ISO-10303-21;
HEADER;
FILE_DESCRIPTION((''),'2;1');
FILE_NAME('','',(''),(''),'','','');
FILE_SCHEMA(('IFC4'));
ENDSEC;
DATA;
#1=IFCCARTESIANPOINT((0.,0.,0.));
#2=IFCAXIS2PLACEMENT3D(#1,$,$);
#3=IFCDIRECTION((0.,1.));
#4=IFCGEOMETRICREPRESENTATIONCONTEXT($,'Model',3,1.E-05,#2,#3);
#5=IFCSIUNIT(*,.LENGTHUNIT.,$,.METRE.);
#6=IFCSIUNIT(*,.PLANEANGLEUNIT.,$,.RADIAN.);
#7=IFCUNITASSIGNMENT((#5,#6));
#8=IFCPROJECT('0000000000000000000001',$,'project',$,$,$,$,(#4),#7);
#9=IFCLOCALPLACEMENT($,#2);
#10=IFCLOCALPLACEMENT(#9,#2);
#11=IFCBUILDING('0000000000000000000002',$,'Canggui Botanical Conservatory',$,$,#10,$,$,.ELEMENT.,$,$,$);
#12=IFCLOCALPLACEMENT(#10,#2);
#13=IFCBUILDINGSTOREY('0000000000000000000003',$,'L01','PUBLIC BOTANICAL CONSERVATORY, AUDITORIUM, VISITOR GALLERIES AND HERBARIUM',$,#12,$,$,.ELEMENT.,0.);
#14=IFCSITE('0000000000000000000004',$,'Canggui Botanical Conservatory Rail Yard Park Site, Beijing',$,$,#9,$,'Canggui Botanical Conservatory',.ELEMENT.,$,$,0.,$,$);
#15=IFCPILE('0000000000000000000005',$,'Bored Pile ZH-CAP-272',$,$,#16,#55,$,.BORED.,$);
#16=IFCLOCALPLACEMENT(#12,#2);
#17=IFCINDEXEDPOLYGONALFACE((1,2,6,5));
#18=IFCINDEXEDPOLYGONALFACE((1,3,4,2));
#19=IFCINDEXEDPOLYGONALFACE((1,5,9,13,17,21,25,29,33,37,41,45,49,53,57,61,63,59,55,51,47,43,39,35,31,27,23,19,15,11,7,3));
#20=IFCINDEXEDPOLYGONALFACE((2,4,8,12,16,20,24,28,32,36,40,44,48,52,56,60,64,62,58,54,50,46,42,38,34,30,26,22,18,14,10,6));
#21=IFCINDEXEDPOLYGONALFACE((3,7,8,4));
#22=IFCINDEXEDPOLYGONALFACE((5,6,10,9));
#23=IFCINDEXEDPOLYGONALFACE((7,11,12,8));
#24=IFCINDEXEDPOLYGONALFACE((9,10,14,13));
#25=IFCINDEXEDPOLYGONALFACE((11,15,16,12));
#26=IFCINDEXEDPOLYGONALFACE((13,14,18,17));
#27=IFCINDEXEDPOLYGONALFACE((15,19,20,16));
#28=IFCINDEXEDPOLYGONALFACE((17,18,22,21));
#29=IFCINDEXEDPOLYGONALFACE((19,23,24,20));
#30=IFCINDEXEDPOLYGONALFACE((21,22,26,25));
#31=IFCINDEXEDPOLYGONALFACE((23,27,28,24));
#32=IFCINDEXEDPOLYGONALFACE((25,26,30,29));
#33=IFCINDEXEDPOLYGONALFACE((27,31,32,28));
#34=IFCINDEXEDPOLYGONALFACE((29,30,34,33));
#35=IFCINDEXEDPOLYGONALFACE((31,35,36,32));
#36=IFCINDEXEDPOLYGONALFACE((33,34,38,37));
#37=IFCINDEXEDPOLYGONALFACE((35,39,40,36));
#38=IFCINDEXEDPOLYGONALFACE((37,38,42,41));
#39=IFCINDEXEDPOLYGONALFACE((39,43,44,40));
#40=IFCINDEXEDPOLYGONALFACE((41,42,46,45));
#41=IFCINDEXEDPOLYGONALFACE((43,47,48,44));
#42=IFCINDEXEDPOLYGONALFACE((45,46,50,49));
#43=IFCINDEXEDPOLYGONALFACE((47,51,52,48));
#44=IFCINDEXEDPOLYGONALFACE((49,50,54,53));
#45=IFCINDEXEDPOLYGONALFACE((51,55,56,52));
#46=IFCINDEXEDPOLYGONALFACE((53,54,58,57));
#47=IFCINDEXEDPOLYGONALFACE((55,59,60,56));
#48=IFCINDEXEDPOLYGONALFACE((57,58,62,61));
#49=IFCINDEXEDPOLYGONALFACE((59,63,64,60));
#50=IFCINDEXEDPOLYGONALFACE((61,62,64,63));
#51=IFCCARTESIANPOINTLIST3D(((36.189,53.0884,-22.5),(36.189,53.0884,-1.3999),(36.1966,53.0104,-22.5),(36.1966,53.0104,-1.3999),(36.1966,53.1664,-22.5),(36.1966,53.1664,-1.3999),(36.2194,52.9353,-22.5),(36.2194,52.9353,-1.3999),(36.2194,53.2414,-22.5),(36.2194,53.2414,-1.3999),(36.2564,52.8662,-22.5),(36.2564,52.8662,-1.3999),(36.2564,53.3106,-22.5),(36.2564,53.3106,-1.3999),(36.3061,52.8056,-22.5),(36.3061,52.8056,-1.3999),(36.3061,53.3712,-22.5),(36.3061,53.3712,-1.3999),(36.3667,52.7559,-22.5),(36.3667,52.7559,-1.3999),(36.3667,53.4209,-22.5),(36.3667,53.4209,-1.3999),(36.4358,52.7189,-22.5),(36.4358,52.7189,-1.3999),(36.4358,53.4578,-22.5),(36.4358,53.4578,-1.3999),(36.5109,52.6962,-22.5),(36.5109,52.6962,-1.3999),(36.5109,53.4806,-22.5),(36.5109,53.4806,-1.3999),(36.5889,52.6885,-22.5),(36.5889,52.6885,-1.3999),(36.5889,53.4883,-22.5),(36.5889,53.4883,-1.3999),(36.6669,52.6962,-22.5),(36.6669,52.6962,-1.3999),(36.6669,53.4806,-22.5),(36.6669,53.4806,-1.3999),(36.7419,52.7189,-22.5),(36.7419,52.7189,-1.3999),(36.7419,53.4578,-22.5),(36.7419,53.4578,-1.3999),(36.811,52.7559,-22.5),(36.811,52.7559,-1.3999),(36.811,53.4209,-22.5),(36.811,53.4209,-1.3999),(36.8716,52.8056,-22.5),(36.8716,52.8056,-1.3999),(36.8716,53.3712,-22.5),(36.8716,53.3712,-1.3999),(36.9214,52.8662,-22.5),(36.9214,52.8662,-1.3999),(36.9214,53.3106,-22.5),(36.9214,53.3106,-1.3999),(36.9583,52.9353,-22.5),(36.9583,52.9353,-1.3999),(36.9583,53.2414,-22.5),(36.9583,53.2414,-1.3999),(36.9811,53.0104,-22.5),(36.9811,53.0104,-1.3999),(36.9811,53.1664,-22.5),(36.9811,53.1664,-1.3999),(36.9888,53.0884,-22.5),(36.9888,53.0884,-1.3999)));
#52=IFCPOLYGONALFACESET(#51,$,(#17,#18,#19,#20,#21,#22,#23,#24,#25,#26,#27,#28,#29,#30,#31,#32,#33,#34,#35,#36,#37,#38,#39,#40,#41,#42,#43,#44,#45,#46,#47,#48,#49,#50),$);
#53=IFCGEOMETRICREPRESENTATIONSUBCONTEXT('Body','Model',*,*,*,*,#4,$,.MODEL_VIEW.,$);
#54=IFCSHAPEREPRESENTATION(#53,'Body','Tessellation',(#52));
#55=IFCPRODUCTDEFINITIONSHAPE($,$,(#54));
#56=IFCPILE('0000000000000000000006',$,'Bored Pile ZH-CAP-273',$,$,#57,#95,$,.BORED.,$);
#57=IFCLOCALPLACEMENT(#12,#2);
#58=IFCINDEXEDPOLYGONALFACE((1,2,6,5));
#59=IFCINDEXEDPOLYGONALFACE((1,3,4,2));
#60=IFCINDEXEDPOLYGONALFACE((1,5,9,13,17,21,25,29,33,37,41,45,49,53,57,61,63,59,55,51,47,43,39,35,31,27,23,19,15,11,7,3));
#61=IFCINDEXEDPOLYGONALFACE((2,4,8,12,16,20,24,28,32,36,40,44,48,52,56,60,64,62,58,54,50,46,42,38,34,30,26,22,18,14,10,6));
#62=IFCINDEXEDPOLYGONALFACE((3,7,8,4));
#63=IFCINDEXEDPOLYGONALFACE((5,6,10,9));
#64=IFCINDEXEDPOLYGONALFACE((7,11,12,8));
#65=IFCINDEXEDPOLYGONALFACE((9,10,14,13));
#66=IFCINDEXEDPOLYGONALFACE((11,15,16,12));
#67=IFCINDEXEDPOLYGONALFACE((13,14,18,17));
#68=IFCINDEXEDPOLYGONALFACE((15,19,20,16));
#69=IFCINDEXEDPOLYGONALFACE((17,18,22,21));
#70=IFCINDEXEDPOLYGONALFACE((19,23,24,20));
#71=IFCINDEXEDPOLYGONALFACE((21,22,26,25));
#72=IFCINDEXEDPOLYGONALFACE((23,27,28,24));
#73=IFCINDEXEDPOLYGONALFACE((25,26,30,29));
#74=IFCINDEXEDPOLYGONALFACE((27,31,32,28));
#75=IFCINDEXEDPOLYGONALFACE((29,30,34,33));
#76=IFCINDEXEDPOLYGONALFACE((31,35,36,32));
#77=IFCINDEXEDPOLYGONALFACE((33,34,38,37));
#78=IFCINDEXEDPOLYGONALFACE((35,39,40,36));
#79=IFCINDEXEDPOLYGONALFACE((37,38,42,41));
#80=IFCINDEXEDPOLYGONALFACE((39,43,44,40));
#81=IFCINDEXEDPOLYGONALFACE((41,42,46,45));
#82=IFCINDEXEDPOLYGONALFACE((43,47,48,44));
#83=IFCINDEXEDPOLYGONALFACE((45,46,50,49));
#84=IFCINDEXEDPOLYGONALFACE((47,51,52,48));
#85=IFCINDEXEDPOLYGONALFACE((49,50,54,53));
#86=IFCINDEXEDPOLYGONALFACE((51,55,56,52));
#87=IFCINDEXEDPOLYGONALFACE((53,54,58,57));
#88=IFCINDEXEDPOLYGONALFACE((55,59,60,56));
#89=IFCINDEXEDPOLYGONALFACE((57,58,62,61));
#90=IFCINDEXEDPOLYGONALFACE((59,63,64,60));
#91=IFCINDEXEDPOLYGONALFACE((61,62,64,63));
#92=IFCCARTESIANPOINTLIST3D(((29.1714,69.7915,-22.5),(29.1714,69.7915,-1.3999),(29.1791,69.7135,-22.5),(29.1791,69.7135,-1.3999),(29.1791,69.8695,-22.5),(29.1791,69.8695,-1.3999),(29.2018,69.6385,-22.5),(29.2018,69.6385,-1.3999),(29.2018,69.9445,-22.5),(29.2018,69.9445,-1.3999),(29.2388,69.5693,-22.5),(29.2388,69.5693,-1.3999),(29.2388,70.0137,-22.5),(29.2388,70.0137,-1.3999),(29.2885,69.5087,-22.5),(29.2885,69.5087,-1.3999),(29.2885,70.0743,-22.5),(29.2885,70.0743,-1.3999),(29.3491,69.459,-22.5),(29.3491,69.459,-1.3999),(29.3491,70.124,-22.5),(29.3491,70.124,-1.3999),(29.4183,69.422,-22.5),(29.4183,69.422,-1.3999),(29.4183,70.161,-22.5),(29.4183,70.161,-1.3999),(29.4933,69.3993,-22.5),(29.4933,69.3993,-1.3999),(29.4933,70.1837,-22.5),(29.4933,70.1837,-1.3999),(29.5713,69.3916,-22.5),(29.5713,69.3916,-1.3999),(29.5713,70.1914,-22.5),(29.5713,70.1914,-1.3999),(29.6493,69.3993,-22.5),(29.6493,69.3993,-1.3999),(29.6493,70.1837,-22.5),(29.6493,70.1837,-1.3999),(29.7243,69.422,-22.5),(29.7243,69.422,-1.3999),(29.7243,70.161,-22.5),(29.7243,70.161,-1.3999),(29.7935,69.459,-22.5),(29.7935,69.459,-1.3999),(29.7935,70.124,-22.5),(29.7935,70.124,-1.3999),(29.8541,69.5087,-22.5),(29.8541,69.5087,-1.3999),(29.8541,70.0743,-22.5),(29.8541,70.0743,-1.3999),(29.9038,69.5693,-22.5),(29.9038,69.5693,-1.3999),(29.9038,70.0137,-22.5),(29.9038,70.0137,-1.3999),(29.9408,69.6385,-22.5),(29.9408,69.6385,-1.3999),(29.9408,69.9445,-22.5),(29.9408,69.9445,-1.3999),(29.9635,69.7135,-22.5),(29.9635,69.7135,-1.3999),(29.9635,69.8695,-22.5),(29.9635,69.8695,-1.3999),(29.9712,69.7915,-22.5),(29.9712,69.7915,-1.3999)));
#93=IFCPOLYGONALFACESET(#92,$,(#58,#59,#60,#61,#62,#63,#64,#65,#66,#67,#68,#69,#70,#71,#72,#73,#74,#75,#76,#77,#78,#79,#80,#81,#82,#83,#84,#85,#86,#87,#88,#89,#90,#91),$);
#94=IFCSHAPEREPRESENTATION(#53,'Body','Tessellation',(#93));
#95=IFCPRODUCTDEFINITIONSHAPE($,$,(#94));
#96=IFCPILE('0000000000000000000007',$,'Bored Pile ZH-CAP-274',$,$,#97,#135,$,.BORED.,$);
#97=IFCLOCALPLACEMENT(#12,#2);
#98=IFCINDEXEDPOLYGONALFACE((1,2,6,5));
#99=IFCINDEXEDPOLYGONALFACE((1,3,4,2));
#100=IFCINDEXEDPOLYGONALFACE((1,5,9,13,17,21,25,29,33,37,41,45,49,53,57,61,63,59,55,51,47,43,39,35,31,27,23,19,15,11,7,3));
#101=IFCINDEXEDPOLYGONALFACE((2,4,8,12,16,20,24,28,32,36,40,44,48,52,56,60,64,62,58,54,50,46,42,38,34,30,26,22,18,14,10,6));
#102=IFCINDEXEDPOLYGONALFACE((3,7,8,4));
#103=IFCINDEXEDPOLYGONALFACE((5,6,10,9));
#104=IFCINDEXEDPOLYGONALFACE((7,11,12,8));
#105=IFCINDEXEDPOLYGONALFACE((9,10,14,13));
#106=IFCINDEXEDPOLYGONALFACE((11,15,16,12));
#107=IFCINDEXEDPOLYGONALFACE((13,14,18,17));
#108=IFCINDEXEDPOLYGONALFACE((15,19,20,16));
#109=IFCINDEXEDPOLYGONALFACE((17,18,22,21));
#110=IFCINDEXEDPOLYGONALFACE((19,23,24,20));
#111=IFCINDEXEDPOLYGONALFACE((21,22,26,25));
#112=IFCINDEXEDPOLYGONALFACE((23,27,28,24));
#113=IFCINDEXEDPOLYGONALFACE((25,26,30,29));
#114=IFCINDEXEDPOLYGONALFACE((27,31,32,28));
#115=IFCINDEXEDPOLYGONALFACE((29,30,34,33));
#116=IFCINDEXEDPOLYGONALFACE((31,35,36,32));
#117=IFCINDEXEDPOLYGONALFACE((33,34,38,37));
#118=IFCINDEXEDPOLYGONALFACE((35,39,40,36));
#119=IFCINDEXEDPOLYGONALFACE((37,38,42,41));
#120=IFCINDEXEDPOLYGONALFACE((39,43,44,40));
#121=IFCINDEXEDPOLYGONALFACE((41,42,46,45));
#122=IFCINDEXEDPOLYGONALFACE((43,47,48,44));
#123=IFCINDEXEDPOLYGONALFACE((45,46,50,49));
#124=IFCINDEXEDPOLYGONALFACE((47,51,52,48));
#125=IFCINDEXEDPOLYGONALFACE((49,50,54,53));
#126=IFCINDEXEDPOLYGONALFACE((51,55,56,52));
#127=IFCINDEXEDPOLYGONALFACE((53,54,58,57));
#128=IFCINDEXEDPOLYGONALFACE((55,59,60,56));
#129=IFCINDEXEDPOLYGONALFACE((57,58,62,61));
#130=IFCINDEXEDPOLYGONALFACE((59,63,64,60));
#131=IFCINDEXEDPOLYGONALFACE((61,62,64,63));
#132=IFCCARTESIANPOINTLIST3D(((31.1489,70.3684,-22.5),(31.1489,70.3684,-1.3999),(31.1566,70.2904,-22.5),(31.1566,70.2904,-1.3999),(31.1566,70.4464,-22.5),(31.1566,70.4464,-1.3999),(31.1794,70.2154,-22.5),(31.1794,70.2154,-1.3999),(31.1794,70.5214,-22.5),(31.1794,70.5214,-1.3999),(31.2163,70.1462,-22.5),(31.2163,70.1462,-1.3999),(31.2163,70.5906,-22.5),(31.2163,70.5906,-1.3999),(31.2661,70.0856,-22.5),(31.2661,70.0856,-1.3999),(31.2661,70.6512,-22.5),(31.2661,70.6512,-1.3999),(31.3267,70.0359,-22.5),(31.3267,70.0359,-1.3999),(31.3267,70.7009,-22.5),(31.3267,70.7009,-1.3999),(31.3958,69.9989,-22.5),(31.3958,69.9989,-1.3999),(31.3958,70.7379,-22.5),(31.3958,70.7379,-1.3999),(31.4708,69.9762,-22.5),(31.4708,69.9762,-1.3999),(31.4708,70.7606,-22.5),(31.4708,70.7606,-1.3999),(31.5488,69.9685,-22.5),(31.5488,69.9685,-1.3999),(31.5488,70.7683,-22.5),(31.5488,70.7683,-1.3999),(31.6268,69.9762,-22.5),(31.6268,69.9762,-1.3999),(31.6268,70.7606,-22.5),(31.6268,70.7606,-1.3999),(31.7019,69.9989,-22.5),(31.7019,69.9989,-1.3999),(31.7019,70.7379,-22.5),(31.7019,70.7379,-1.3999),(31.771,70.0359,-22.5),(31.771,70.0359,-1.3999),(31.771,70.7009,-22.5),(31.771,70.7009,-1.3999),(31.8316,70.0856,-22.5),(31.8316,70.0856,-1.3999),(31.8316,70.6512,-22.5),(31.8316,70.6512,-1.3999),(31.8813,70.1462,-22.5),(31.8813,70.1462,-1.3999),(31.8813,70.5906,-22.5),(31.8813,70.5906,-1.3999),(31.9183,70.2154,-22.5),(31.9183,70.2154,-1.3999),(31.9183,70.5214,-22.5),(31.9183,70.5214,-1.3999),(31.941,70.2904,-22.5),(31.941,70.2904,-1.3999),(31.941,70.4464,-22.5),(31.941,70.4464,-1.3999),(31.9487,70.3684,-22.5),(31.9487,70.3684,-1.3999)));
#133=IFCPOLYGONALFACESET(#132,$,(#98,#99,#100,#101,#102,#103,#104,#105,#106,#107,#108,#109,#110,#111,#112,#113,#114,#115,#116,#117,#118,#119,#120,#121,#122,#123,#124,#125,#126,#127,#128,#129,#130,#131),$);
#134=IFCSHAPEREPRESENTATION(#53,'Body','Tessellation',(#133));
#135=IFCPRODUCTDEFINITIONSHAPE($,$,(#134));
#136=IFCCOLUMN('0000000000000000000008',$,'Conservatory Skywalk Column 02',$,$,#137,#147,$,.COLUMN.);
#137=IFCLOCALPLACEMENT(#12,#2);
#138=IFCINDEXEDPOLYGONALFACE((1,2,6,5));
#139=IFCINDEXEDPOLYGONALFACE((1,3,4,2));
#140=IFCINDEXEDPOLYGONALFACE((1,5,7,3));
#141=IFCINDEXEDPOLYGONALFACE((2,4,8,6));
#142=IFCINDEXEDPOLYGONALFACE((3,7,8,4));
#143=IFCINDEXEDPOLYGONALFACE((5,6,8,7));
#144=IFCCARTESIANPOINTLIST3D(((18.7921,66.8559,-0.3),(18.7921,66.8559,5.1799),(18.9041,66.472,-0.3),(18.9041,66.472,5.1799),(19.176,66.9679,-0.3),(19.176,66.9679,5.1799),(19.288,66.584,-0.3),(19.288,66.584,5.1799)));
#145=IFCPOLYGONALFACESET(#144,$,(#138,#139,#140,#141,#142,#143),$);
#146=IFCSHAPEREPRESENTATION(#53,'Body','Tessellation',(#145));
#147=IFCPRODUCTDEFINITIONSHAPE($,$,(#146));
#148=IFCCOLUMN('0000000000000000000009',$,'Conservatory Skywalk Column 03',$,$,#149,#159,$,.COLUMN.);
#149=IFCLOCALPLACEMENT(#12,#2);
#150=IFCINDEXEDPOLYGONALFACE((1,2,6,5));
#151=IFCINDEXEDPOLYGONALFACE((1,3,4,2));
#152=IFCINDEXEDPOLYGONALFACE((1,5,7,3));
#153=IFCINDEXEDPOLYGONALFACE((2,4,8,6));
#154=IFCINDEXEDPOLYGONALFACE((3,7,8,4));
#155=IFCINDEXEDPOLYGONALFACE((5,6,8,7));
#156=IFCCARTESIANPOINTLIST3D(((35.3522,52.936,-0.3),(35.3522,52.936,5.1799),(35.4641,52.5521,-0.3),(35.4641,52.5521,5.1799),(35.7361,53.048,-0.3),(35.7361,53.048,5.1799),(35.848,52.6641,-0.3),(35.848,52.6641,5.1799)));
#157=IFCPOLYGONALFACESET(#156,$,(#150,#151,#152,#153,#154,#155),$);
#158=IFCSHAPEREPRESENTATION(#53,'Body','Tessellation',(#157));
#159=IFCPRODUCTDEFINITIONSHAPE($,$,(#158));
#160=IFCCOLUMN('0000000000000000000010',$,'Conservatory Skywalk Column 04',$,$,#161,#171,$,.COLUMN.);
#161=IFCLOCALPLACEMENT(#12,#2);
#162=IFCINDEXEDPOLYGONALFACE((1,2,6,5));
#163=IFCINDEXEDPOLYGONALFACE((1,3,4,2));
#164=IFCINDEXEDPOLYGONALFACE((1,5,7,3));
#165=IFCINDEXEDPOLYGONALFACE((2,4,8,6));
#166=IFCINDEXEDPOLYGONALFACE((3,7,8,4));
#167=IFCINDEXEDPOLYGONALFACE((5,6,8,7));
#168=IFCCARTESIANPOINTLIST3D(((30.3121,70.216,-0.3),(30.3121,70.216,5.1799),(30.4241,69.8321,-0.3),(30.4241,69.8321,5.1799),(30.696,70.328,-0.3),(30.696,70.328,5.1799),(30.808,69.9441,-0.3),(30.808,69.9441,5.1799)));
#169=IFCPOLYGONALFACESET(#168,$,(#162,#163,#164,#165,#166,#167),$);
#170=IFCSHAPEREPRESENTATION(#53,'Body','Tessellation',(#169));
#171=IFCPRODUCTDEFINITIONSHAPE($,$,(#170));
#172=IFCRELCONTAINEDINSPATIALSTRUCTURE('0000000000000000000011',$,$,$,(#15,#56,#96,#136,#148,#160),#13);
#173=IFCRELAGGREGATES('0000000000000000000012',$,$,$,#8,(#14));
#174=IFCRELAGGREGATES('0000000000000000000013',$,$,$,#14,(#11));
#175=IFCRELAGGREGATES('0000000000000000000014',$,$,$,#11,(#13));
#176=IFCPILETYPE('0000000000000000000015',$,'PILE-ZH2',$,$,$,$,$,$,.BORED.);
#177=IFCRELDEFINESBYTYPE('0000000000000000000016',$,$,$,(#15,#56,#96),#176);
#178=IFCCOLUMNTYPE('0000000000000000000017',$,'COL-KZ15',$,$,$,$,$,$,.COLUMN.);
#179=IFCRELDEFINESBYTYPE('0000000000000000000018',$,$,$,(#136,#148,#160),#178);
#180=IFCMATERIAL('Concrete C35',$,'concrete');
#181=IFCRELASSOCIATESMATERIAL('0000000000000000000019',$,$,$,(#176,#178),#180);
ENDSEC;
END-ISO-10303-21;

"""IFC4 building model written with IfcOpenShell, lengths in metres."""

from ifc_helpers import new_model, si_unit, direction, frame, origin, origin_2d, place, context, subcontext, project, spatial, rectangle, circle, extrude, material, material_profile, profile_set, type_object, element, save


model = new_model("IFC4")

# Units and contexts
model_context = context("Model", 3, precision=1e-05, world=origin(), true_north=direction((0.0, 1.0)))
body_context = subcontext(model_context, "Body", "Model", "MODEL_VIEW")
ifc_project = project(units=[si_unit("LENGTHUNIT", "METRE"), si_unit("PLANEANGLEUNIT", "RADIAN")], contexts=[model_context])

# Site, building, storey
site_placement = place(None, origin())
site = spatial("IfcSite", under=ifc_project, at=site_placement, Name="Canggui Botanical Conservatory Rail Yard Park Site, Beijing", LongName="Canggui Botanical Conservatory", CompositionType="ELEMENT", RefElevation=0.0)
building_placement = place(site_placement, origin())
building = spatial("IfcBuilding", under=site, at=building_placement, Name="Canggui Botanical Conservatory", CompositionType="ELEMENT")
storey_placement = place(building_placement, origin())
storey = spatial("IfcBuildingStorey", under=building, at=storey_placement, Name="L01", Description="PUBLIC BOTANICAL CONSERVATORY, AUDITORIUM, VISITOR GALLERIES AND HERBARIUM", CompositionType="ELEMENT", Elevation=0.0)

# Shared definitions
ifc_material_1 = material(Name="Concrete C35", Category="concrete")

# Piles
ifc_material_profile_1 = material_profile(ifc_material_1, circle(Radius=0.3999, at=origin_2d()), Name="PILE D800")
ifc_profile_set_1 = profile_set([ifc_material_profile_1], Name="Concrete C35")
pile_type = type_object("IfcPileType", Name="PILE-ZH2", PredefinedType="BORED", material=ifc_profile_set_1)
for number, where, z_axis, x_axis, name in (
    (1, (36.5889, 53.0884, -1.3999), (0.0, 0.0, -1.0), (1.0, 0.0, 0.0), "Bored Pile ZH-CAP-272"),
    (2, (29.5713, 69.7915, -1.3999), (0.0, 0.0, -1.0), (1.0, 0.0, 0.0), "Bored Pile ZH-CAP-273"),
    (3, (31.5488, 70.3684, -1.3999), (0.0, 0.0, -1.0), (1.0, 0.0, 0.0), "Bored Pile ZH-CAP-274"),
):
    element("IfcPile", number, at=place(storey_placement, frame(where, z_axis=z_axis, x_axis=x_axis)), inside=storey, type_object=pile_type, Name=name, PredefinedType="BORED", context=body_context, shape_type="SweptSolid", body=[
        extrude(circle(Radius=0.3999, at=origin_2d()), origin(), (0.0, 0.0, 1.0), 21.1001),
    ])

# Columns
ifc_material_profile_2 = material_profile(ifc_material_1, rectangle(XDim=0.3999, YDim=0.3999, at=origin_2d()), Name="RC 400x400")
ifc_profile_set_2 = profile_set([ifc_material_profile_2], Name="Concrete C35")
column_type = type_object("IfcColumnType", Name="COL-KZ15", PredefinedType="COLUMN", material=ifc_profile_set_2)
for number, where, z_axis, x_axis, name in (
    (4, (19.04, 66.72, -0.3), (0.0, 0.0, 1.0), (0.96, 0.28, 0.0), "Conservatory Skywalk Column 02"),
    (5, (35.6001, 52.8, -0.3), (0.0, 0.0, 1.0), (0.96, 0.28, 0.0), "Conservatory Skywalk Column 03"),
    (6, (30.5601, 70.0801, -0.3), (0.0, 0.0, 1.0), (0.96, 0.28, 0.0), "Conservatory Skywalk Column 04"),
):
    element("IfcColumn", number, at=place(storey_placement, frame(where, z_axis=z_axis, x_axis=x_axis)), inside=storey, type_object=column_type, Name=name, PredefinedType="COLUMN", context=body_context, shape_type="SweptSolid", body=[
        extrude(rectangle(XDim=0.3999, YDim=0.3999, at=origin_2d()), origin(), (0.0, 0.0, 1.0), 5.48),
    ])

save(model, "model.ifc")
